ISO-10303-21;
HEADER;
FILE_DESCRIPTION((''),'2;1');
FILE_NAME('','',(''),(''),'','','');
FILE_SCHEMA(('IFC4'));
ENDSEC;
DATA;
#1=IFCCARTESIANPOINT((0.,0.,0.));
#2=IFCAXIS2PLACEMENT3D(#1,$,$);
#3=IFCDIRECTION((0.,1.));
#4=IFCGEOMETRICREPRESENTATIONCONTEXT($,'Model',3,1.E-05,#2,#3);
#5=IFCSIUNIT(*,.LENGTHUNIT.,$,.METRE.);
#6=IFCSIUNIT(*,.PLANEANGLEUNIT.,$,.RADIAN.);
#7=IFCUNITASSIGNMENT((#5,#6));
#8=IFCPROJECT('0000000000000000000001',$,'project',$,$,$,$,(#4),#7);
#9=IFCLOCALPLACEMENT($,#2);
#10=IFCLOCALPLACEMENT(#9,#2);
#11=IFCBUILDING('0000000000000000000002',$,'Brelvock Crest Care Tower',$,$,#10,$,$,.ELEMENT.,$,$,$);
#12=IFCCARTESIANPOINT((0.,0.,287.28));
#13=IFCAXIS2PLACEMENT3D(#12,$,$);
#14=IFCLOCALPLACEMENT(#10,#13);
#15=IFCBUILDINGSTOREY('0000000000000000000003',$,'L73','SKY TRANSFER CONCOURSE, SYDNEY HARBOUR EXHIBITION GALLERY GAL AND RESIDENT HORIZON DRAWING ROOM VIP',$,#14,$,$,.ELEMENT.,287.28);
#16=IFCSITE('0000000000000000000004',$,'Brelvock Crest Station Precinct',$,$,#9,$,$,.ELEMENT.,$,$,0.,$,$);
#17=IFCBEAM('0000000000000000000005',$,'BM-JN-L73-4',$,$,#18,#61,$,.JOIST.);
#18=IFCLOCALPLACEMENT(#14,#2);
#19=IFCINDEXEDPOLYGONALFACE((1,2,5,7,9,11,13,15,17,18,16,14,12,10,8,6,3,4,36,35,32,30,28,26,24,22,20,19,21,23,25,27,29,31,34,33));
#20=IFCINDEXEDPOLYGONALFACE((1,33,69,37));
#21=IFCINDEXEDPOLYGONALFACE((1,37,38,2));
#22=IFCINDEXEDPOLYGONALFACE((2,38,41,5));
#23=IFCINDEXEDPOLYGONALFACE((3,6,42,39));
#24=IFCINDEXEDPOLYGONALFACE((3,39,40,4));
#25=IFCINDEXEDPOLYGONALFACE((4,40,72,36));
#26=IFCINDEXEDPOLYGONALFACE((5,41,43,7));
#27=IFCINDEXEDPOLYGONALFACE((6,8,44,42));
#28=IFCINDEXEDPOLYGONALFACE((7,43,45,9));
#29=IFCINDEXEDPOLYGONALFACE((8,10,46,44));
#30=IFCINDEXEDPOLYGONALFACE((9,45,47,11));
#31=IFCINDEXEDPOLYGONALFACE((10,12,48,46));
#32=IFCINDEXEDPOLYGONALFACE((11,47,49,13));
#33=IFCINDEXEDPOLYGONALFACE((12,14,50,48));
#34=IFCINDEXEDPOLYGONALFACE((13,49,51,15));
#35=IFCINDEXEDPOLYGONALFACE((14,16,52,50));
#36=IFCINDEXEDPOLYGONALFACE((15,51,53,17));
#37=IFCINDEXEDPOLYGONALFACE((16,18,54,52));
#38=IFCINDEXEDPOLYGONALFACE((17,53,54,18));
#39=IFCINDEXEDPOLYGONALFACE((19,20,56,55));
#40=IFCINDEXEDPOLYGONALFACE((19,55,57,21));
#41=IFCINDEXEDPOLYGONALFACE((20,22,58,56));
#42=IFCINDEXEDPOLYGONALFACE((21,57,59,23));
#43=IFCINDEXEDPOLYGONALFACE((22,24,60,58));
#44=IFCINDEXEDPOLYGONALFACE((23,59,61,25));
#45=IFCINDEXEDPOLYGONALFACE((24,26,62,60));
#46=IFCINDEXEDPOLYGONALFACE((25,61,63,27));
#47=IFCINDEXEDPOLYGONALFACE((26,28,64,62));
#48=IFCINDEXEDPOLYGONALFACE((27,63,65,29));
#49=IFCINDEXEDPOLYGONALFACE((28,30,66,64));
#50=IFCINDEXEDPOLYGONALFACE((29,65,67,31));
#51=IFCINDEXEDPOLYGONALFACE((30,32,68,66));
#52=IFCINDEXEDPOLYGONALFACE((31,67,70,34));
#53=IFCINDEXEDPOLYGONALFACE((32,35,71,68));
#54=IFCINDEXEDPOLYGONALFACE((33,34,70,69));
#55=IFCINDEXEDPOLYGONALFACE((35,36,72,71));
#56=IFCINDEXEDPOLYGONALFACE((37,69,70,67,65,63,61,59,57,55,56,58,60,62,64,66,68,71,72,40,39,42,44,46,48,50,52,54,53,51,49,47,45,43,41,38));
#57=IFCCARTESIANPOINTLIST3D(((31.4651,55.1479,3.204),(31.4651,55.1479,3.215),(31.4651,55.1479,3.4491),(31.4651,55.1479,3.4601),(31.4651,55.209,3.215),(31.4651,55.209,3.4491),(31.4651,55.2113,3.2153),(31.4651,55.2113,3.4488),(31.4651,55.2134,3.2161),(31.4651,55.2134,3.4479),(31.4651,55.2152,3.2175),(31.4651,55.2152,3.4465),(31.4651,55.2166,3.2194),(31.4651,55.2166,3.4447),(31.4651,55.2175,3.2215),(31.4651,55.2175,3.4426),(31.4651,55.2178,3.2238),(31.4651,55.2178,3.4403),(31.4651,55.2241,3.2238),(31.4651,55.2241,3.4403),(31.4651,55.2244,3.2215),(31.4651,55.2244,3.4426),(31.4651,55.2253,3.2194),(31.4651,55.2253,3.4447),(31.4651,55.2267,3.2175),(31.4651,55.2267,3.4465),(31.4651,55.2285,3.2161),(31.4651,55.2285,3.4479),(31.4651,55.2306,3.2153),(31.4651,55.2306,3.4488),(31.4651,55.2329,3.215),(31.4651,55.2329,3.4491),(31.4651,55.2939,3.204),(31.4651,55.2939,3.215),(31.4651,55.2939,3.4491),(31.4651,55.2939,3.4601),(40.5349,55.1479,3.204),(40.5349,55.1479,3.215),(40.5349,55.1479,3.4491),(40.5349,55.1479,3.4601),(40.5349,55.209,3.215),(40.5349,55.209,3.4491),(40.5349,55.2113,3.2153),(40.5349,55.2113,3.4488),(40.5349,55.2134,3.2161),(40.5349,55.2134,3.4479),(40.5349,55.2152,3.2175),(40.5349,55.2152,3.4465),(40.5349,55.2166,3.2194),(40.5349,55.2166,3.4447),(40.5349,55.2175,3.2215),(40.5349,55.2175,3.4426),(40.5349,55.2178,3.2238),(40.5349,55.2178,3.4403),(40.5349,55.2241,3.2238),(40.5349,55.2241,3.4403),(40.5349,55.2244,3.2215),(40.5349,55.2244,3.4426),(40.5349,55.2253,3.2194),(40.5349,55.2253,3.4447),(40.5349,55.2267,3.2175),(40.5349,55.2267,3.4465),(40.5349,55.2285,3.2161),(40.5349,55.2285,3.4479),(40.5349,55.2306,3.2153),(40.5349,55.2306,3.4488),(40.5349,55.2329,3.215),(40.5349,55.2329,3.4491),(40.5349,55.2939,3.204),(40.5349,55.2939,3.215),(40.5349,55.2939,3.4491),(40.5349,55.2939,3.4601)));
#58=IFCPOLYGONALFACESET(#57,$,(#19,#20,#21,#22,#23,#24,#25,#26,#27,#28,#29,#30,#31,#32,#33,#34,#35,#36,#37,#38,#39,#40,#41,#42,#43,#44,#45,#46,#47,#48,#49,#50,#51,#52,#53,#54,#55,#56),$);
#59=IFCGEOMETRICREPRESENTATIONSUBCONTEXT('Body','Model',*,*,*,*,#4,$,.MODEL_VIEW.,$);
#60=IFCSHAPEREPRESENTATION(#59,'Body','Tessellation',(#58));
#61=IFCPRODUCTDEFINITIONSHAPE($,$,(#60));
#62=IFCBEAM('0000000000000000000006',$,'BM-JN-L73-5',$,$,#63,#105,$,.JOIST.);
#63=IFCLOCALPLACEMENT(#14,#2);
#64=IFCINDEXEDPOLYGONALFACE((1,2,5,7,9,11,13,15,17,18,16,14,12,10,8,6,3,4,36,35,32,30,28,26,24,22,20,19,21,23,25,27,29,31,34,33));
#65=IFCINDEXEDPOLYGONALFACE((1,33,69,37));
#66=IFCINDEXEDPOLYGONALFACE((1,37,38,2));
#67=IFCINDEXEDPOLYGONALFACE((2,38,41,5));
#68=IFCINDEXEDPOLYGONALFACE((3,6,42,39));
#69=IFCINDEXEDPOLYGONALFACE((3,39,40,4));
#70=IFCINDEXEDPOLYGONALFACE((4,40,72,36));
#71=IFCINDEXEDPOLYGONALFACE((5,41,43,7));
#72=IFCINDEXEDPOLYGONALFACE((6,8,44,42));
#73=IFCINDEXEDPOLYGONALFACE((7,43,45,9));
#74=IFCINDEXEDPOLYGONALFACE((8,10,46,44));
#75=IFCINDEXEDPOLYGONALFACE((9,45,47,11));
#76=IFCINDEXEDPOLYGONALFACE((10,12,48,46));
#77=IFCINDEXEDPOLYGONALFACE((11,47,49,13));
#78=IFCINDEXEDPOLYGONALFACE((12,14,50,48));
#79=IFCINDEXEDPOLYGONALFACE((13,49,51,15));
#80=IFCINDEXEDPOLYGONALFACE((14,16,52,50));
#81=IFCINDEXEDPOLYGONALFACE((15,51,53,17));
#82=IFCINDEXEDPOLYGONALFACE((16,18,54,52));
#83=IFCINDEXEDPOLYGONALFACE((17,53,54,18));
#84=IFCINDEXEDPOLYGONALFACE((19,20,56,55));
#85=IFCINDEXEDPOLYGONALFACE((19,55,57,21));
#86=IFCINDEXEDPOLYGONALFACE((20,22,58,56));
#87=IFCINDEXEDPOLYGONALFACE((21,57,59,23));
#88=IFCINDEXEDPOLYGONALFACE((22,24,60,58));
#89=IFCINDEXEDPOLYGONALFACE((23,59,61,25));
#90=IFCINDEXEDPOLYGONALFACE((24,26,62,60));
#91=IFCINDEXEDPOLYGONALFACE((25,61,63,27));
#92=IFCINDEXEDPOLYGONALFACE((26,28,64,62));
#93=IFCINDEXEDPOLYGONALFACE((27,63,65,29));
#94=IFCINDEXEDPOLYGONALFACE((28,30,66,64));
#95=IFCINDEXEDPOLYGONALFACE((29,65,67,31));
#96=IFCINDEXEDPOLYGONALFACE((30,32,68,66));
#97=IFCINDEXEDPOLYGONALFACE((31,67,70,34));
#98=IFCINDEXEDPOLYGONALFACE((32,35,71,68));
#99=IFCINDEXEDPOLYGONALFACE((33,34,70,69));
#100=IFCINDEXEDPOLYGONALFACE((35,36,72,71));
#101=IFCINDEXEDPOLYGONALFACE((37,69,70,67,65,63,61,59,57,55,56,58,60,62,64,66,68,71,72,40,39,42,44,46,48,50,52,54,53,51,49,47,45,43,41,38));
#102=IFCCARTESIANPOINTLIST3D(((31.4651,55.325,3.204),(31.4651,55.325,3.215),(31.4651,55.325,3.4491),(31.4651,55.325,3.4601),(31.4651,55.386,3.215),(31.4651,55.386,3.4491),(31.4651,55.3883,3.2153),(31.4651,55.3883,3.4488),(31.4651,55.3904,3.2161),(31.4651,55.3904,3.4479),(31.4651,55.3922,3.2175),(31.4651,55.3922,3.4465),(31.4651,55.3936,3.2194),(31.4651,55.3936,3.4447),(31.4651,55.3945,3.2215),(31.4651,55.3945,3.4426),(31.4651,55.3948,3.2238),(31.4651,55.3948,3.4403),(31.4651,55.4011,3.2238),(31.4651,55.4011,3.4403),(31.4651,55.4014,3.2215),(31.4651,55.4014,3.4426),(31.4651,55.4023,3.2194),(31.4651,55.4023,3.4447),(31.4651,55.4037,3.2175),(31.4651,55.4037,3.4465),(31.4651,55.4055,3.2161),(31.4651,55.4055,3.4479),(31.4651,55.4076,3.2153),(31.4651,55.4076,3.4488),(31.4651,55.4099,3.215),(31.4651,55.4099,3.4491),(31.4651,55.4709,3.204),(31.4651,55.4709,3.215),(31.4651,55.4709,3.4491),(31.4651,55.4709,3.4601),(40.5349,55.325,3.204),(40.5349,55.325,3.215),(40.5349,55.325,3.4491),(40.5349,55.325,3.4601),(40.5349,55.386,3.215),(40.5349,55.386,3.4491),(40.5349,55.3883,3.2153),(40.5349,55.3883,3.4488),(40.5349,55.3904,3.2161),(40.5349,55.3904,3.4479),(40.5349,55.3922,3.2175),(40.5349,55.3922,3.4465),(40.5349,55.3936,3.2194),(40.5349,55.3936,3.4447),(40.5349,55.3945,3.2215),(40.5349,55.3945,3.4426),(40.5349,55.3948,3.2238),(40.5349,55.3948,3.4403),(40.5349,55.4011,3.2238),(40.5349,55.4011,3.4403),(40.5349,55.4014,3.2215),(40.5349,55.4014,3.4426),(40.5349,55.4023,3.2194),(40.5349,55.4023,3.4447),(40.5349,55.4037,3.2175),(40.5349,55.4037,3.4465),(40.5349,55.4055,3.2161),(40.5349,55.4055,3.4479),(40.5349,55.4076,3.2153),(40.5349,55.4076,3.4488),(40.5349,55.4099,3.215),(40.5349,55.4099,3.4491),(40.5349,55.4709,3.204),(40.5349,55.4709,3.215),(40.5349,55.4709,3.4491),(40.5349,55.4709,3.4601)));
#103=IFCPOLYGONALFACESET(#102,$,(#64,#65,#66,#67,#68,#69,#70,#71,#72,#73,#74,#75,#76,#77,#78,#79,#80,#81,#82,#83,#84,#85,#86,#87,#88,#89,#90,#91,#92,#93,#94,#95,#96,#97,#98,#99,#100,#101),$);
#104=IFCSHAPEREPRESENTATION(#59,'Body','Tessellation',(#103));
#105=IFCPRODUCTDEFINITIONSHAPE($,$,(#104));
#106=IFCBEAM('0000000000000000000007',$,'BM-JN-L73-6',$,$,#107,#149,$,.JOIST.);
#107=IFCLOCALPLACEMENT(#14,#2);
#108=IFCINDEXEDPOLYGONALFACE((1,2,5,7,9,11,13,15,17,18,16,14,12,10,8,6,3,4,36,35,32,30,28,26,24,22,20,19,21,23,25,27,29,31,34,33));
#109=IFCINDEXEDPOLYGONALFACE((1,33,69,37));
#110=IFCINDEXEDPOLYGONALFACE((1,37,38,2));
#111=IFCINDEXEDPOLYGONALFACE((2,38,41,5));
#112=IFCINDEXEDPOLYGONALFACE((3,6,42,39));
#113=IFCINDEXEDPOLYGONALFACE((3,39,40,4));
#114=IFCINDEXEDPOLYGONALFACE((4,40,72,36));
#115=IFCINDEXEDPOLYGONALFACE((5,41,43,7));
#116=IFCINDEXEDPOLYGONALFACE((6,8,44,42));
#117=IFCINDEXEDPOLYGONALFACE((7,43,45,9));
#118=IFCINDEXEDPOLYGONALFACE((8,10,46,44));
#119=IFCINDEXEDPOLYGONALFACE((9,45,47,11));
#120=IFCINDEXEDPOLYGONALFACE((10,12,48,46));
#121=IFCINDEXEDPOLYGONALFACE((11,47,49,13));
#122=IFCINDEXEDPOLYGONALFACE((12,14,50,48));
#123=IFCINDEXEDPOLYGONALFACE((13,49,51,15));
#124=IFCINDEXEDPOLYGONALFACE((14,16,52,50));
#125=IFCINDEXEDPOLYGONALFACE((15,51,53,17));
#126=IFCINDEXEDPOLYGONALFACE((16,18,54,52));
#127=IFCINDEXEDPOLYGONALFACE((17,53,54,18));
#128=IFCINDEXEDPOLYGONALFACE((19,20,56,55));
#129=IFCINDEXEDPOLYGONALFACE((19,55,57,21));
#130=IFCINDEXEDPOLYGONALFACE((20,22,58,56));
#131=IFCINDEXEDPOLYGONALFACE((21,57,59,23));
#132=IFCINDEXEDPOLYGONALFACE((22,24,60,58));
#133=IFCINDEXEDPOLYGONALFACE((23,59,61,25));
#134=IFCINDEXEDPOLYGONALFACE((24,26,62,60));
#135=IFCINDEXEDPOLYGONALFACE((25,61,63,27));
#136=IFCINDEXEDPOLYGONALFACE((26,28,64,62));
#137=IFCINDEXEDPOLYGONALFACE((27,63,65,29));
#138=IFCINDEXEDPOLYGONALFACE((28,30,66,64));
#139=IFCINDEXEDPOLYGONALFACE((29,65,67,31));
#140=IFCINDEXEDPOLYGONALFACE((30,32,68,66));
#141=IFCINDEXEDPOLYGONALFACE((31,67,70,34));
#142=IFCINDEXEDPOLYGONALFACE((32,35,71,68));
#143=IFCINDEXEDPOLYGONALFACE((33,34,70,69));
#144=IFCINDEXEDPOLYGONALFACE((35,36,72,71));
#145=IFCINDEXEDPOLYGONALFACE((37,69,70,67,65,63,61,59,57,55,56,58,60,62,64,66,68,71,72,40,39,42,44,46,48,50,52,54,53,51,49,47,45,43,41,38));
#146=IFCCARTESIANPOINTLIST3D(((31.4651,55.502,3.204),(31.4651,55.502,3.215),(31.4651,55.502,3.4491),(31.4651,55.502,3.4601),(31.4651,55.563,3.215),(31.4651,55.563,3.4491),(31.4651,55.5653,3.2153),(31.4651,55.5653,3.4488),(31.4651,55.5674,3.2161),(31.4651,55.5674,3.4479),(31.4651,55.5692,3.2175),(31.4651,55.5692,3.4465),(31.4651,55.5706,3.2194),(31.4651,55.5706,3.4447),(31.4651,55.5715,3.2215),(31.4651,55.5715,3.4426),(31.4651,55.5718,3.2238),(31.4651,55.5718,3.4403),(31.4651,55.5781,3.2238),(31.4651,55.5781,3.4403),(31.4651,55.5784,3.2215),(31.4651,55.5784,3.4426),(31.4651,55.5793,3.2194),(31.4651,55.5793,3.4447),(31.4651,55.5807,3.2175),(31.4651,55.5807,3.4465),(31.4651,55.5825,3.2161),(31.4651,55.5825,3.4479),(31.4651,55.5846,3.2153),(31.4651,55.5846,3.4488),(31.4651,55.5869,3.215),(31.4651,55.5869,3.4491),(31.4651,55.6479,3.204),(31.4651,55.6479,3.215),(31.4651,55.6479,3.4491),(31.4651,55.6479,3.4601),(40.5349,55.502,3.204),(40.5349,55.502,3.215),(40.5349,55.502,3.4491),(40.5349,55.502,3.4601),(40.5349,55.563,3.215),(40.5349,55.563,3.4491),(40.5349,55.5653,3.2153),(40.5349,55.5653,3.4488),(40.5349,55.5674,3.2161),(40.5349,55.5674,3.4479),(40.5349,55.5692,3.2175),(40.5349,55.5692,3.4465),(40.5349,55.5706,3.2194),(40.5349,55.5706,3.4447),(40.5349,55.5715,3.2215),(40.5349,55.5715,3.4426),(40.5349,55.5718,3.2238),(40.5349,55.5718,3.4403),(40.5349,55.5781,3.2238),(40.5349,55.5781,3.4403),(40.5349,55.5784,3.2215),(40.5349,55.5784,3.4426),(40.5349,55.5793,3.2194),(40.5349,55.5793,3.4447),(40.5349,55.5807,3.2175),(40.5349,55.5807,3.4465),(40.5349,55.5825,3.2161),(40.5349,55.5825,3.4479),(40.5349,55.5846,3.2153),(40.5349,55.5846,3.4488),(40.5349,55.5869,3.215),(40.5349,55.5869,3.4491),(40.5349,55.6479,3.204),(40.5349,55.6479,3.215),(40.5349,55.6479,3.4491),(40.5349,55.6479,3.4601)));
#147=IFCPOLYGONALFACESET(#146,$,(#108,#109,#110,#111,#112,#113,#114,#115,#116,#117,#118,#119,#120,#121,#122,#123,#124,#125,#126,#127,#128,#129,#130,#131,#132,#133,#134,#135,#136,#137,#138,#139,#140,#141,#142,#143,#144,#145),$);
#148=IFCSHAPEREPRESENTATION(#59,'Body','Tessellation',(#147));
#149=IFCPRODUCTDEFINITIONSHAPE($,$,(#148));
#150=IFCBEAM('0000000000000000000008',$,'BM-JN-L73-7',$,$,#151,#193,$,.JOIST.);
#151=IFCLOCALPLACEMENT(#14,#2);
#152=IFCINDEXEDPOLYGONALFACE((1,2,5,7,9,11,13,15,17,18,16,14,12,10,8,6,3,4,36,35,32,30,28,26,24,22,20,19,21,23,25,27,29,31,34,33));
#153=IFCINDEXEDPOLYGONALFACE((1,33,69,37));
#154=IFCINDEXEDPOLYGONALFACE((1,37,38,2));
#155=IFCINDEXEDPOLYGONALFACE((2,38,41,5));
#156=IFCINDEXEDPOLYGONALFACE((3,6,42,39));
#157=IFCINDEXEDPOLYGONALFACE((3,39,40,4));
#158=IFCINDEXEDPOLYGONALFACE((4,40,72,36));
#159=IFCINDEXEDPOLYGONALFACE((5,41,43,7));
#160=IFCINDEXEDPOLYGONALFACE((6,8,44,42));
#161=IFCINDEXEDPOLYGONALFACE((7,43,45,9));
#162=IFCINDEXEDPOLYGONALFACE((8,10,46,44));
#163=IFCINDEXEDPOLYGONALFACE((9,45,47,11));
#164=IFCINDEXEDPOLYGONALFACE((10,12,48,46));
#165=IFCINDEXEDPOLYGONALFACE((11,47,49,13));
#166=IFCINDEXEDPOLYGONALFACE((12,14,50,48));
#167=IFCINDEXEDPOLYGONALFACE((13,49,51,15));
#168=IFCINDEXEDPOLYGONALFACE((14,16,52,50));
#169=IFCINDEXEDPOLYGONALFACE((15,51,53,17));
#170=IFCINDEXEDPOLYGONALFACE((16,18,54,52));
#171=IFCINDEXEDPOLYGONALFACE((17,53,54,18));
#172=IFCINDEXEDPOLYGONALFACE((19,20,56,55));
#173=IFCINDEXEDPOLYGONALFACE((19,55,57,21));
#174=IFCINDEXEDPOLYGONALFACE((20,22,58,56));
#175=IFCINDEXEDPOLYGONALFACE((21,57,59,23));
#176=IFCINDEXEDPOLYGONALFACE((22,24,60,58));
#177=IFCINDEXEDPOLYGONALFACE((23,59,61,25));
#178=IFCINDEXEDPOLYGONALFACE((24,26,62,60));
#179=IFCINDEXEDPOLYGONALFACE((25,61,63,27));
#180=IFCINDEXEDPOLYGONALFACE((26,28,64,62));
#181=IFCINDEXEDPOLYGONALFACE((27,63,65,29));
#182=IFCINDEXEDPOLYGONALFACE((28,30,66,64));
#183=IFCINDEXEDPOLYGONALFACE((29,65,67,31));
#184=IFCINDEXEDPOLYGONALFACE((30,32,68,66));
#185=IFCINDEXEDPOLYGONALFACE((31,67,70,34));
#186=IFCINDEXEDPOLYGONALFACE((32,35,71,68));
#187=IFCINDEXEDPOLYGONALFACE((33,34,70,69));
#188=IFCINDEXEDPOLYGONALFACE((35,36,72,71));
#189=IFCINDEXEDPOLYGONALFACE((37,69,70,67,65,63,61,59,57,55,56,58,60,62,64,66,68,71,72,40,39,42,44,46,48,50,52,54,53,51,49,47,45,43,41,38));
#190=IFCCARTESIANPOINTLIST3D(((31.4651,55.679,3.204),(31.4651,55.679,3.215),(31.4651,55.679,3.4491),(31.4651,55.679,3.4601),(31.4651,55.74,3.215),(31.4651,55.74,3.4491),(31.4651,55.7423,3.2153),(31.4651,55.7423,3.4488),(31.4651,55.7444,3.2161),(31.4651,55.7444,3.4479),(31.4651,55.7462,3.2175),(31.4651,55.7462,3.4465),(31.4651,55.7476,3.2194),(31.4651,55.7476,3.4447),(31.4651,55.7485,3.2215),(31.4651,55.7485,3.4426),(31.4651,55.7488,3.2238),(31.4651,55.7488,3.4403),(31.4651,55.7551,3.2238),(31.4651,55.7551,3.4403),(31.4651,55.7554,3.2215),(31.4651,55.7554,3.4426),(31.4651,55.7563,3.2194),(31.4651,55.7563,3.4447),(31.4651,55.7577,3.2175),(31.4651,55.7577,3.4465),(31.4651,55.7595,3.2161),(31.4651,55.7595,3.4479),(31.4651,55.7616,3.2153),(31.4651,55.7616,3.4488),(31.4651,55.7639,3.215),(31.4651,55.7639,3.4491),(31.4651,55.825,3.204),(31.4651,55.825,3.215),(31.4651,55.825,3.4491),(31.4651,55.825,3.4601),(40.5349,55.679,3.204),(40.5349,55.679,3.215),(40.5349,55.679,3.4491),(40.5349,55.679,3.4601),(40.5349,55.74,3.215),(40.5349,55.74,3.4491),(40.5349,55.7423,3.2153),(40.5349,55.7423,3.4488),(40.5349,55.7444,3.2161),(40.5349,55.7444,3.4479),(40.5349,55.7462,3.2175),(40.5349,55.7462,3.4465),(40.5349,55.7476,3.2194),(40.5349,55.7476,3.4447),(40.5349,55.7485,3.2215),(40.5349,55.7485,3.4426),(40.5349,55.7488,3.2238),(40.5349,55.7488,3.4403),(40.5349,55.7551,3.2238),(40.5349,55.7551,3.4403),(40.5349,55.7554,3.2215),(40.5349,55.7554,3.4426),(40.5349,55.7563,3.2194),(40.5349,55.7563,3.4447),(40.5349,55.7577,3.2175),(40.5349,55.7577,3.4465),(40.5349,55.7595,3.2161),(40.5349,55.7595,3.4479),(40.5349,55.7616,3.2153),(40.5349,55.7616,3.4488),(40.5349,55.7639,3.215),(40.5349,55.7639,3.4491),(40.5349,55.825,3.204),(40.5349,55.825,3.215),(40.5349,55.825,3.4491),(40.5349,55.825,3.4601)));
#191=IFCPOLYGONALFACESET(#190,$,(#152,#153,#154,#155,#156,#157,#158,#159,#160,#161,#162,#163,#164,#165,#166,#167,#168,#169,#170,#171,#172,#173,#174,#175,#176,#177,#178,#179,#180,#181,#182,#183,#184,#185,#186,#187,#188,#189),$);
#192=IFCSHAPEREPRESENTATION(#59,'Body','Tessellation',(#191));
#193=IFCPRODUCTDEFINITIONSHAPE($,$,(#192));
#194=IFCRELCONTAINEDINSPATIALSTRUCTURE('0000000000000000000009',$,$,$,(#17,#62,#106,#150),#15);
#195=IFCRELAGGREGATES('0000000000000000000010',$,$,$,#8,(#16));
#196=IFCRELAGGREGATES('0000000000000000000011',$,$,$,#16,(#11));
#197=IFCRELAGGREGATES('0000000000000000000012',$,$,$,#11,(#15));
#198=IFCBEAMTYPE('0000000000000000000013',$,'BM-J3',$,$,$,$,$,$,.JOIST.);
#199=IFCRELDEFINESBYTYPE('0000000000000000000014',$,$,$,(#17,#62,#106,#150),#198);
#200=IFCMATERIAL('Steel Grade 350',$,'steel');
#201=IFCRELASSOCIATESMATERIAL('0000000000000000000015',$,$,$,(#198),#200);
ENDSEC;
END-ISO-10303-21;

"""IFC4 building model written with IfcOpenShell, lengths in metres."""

from ifc_helpers import new_model, si_unit, direction, frame, origin, origin_2d, place, context, subcontext, project, spatial, i_section, extrude, source, transform, mapped, material, material_profile, profile_set, type_object, element, save


model = new_model("IFC4")

# Units and contexts
model_context = context("Model", 3, precision=1e-05, world=origin(), true_north=direction((0.0, 1.0)))
body_context = subcontext(model_context, "Body", "Model", "MODEL_VIEW")
ifc_project = project(units=[si_unit("LENGTHUNIT", "METRE"), si_unit("PLANEANGLEUNIT", "RADIAN")], contexts=[model_context])

# Site, building, storey
site_placement = place(None, origin())
site = spatial("IfcSite", under=ifc_project, at=site_placement, Name="Brelvock Crest Station Precinct", CompositionType="ELEMENT", RefElevation=0.0)
building_placement = place(site_placement, origin())
building = spatial("IfcBuilding", under=site, at=building_placement, Name="Brelvock Crest Care Tower", CompositionType="ELEMENT")
storey_placement = place(building_placement, frame((0.0, 0.0, 287.28)))
storey = spatial("IfcBuildingStorey", under=building, at=storey_placement, Name="L73", Description="SKY TRANSFER CONCOURSE, SYDNEY HARBOUR EXHIBITION GALLERY GAL AND RESIDENT HORIZON DRAWING ROOM VIP", CompositionType="ELEMENT", Elevation=287.28)

# Shared definitions
ifc_material_1 = material(Name="Steel Grade 350", Category="steel")

# Beams
ifc_material_profile_1 = material_profile(ifc_material_1, i_section(OverallWidth=0.146, OverallDepth=0.2561, WebThickness=0.0063, FlangeThickness=0.011, FilletRadius=0.0088, at=origin_2d()), Name="250UB37.3")
ifc_profile_set_1 = profile_set([ifc_material_profile_1], Name="Steel Grade 350")
beam_type_1 = type_object("IfcBeamType", Name="BM-J3", PredefinedType="JOIST", material=ifc_profile_set_1)
shared_shape_1 = source(origin(), body_context, "Body", "SweptSolid", [
    extrude(i_section(OverallWidth=0.146, OverallDepth=0.2561, WebThickness=0.0063, FlangeThickness=0.011, FilletRadius=0.0088, at=origin_2d()), origin(), (0.0, 0.0, 1.0), 9.0698),
])
for number, where, z_axis, x_axis, name in (
    (1, (31.4651, 55.2209, 3.332), (1.0, 0.0, 0.0), (0.0, 1.0, 0.0), "BM-JN-L73-4"),
    (2, (31.4651, 55.3979, 3.332), (1.0, 0.0, 0.0), (0.0, 1.0, 0.0), "BM-JN-L73-5"),
    (3, (31.4651, 55.575, 3.332), (1.0, 0.0, 0.0), (0.0, 1.0, 0.0), "BM-JN-L73-6"),
    (4, (31.4651, 55.752, 3.332), (1.0, 0.0, 0.0), (0.0, 1.0, 0.0), "BM-JN-L73-7"),
):
    element("IfcBeam", number, at=place(storey_placement, frame(where, z_axis=z_axis, x_axis=x_axis)), inside=storey, type_object=beam_type_1, Name=name, PredefinedType="JOIST", context=body_context, shape_type="MappedRepresentation", body=[
        mapped(shared_shape_1, transform((0.0, 0.0, 0.0), x_axis=(1.0, 0.0, 0.0), y_axis=(0.0, 1.0, 0.0), z_axis=(0.0, 0.0, 1.0), scale=1.0)),
    ])

save(model, "model.ifc")
